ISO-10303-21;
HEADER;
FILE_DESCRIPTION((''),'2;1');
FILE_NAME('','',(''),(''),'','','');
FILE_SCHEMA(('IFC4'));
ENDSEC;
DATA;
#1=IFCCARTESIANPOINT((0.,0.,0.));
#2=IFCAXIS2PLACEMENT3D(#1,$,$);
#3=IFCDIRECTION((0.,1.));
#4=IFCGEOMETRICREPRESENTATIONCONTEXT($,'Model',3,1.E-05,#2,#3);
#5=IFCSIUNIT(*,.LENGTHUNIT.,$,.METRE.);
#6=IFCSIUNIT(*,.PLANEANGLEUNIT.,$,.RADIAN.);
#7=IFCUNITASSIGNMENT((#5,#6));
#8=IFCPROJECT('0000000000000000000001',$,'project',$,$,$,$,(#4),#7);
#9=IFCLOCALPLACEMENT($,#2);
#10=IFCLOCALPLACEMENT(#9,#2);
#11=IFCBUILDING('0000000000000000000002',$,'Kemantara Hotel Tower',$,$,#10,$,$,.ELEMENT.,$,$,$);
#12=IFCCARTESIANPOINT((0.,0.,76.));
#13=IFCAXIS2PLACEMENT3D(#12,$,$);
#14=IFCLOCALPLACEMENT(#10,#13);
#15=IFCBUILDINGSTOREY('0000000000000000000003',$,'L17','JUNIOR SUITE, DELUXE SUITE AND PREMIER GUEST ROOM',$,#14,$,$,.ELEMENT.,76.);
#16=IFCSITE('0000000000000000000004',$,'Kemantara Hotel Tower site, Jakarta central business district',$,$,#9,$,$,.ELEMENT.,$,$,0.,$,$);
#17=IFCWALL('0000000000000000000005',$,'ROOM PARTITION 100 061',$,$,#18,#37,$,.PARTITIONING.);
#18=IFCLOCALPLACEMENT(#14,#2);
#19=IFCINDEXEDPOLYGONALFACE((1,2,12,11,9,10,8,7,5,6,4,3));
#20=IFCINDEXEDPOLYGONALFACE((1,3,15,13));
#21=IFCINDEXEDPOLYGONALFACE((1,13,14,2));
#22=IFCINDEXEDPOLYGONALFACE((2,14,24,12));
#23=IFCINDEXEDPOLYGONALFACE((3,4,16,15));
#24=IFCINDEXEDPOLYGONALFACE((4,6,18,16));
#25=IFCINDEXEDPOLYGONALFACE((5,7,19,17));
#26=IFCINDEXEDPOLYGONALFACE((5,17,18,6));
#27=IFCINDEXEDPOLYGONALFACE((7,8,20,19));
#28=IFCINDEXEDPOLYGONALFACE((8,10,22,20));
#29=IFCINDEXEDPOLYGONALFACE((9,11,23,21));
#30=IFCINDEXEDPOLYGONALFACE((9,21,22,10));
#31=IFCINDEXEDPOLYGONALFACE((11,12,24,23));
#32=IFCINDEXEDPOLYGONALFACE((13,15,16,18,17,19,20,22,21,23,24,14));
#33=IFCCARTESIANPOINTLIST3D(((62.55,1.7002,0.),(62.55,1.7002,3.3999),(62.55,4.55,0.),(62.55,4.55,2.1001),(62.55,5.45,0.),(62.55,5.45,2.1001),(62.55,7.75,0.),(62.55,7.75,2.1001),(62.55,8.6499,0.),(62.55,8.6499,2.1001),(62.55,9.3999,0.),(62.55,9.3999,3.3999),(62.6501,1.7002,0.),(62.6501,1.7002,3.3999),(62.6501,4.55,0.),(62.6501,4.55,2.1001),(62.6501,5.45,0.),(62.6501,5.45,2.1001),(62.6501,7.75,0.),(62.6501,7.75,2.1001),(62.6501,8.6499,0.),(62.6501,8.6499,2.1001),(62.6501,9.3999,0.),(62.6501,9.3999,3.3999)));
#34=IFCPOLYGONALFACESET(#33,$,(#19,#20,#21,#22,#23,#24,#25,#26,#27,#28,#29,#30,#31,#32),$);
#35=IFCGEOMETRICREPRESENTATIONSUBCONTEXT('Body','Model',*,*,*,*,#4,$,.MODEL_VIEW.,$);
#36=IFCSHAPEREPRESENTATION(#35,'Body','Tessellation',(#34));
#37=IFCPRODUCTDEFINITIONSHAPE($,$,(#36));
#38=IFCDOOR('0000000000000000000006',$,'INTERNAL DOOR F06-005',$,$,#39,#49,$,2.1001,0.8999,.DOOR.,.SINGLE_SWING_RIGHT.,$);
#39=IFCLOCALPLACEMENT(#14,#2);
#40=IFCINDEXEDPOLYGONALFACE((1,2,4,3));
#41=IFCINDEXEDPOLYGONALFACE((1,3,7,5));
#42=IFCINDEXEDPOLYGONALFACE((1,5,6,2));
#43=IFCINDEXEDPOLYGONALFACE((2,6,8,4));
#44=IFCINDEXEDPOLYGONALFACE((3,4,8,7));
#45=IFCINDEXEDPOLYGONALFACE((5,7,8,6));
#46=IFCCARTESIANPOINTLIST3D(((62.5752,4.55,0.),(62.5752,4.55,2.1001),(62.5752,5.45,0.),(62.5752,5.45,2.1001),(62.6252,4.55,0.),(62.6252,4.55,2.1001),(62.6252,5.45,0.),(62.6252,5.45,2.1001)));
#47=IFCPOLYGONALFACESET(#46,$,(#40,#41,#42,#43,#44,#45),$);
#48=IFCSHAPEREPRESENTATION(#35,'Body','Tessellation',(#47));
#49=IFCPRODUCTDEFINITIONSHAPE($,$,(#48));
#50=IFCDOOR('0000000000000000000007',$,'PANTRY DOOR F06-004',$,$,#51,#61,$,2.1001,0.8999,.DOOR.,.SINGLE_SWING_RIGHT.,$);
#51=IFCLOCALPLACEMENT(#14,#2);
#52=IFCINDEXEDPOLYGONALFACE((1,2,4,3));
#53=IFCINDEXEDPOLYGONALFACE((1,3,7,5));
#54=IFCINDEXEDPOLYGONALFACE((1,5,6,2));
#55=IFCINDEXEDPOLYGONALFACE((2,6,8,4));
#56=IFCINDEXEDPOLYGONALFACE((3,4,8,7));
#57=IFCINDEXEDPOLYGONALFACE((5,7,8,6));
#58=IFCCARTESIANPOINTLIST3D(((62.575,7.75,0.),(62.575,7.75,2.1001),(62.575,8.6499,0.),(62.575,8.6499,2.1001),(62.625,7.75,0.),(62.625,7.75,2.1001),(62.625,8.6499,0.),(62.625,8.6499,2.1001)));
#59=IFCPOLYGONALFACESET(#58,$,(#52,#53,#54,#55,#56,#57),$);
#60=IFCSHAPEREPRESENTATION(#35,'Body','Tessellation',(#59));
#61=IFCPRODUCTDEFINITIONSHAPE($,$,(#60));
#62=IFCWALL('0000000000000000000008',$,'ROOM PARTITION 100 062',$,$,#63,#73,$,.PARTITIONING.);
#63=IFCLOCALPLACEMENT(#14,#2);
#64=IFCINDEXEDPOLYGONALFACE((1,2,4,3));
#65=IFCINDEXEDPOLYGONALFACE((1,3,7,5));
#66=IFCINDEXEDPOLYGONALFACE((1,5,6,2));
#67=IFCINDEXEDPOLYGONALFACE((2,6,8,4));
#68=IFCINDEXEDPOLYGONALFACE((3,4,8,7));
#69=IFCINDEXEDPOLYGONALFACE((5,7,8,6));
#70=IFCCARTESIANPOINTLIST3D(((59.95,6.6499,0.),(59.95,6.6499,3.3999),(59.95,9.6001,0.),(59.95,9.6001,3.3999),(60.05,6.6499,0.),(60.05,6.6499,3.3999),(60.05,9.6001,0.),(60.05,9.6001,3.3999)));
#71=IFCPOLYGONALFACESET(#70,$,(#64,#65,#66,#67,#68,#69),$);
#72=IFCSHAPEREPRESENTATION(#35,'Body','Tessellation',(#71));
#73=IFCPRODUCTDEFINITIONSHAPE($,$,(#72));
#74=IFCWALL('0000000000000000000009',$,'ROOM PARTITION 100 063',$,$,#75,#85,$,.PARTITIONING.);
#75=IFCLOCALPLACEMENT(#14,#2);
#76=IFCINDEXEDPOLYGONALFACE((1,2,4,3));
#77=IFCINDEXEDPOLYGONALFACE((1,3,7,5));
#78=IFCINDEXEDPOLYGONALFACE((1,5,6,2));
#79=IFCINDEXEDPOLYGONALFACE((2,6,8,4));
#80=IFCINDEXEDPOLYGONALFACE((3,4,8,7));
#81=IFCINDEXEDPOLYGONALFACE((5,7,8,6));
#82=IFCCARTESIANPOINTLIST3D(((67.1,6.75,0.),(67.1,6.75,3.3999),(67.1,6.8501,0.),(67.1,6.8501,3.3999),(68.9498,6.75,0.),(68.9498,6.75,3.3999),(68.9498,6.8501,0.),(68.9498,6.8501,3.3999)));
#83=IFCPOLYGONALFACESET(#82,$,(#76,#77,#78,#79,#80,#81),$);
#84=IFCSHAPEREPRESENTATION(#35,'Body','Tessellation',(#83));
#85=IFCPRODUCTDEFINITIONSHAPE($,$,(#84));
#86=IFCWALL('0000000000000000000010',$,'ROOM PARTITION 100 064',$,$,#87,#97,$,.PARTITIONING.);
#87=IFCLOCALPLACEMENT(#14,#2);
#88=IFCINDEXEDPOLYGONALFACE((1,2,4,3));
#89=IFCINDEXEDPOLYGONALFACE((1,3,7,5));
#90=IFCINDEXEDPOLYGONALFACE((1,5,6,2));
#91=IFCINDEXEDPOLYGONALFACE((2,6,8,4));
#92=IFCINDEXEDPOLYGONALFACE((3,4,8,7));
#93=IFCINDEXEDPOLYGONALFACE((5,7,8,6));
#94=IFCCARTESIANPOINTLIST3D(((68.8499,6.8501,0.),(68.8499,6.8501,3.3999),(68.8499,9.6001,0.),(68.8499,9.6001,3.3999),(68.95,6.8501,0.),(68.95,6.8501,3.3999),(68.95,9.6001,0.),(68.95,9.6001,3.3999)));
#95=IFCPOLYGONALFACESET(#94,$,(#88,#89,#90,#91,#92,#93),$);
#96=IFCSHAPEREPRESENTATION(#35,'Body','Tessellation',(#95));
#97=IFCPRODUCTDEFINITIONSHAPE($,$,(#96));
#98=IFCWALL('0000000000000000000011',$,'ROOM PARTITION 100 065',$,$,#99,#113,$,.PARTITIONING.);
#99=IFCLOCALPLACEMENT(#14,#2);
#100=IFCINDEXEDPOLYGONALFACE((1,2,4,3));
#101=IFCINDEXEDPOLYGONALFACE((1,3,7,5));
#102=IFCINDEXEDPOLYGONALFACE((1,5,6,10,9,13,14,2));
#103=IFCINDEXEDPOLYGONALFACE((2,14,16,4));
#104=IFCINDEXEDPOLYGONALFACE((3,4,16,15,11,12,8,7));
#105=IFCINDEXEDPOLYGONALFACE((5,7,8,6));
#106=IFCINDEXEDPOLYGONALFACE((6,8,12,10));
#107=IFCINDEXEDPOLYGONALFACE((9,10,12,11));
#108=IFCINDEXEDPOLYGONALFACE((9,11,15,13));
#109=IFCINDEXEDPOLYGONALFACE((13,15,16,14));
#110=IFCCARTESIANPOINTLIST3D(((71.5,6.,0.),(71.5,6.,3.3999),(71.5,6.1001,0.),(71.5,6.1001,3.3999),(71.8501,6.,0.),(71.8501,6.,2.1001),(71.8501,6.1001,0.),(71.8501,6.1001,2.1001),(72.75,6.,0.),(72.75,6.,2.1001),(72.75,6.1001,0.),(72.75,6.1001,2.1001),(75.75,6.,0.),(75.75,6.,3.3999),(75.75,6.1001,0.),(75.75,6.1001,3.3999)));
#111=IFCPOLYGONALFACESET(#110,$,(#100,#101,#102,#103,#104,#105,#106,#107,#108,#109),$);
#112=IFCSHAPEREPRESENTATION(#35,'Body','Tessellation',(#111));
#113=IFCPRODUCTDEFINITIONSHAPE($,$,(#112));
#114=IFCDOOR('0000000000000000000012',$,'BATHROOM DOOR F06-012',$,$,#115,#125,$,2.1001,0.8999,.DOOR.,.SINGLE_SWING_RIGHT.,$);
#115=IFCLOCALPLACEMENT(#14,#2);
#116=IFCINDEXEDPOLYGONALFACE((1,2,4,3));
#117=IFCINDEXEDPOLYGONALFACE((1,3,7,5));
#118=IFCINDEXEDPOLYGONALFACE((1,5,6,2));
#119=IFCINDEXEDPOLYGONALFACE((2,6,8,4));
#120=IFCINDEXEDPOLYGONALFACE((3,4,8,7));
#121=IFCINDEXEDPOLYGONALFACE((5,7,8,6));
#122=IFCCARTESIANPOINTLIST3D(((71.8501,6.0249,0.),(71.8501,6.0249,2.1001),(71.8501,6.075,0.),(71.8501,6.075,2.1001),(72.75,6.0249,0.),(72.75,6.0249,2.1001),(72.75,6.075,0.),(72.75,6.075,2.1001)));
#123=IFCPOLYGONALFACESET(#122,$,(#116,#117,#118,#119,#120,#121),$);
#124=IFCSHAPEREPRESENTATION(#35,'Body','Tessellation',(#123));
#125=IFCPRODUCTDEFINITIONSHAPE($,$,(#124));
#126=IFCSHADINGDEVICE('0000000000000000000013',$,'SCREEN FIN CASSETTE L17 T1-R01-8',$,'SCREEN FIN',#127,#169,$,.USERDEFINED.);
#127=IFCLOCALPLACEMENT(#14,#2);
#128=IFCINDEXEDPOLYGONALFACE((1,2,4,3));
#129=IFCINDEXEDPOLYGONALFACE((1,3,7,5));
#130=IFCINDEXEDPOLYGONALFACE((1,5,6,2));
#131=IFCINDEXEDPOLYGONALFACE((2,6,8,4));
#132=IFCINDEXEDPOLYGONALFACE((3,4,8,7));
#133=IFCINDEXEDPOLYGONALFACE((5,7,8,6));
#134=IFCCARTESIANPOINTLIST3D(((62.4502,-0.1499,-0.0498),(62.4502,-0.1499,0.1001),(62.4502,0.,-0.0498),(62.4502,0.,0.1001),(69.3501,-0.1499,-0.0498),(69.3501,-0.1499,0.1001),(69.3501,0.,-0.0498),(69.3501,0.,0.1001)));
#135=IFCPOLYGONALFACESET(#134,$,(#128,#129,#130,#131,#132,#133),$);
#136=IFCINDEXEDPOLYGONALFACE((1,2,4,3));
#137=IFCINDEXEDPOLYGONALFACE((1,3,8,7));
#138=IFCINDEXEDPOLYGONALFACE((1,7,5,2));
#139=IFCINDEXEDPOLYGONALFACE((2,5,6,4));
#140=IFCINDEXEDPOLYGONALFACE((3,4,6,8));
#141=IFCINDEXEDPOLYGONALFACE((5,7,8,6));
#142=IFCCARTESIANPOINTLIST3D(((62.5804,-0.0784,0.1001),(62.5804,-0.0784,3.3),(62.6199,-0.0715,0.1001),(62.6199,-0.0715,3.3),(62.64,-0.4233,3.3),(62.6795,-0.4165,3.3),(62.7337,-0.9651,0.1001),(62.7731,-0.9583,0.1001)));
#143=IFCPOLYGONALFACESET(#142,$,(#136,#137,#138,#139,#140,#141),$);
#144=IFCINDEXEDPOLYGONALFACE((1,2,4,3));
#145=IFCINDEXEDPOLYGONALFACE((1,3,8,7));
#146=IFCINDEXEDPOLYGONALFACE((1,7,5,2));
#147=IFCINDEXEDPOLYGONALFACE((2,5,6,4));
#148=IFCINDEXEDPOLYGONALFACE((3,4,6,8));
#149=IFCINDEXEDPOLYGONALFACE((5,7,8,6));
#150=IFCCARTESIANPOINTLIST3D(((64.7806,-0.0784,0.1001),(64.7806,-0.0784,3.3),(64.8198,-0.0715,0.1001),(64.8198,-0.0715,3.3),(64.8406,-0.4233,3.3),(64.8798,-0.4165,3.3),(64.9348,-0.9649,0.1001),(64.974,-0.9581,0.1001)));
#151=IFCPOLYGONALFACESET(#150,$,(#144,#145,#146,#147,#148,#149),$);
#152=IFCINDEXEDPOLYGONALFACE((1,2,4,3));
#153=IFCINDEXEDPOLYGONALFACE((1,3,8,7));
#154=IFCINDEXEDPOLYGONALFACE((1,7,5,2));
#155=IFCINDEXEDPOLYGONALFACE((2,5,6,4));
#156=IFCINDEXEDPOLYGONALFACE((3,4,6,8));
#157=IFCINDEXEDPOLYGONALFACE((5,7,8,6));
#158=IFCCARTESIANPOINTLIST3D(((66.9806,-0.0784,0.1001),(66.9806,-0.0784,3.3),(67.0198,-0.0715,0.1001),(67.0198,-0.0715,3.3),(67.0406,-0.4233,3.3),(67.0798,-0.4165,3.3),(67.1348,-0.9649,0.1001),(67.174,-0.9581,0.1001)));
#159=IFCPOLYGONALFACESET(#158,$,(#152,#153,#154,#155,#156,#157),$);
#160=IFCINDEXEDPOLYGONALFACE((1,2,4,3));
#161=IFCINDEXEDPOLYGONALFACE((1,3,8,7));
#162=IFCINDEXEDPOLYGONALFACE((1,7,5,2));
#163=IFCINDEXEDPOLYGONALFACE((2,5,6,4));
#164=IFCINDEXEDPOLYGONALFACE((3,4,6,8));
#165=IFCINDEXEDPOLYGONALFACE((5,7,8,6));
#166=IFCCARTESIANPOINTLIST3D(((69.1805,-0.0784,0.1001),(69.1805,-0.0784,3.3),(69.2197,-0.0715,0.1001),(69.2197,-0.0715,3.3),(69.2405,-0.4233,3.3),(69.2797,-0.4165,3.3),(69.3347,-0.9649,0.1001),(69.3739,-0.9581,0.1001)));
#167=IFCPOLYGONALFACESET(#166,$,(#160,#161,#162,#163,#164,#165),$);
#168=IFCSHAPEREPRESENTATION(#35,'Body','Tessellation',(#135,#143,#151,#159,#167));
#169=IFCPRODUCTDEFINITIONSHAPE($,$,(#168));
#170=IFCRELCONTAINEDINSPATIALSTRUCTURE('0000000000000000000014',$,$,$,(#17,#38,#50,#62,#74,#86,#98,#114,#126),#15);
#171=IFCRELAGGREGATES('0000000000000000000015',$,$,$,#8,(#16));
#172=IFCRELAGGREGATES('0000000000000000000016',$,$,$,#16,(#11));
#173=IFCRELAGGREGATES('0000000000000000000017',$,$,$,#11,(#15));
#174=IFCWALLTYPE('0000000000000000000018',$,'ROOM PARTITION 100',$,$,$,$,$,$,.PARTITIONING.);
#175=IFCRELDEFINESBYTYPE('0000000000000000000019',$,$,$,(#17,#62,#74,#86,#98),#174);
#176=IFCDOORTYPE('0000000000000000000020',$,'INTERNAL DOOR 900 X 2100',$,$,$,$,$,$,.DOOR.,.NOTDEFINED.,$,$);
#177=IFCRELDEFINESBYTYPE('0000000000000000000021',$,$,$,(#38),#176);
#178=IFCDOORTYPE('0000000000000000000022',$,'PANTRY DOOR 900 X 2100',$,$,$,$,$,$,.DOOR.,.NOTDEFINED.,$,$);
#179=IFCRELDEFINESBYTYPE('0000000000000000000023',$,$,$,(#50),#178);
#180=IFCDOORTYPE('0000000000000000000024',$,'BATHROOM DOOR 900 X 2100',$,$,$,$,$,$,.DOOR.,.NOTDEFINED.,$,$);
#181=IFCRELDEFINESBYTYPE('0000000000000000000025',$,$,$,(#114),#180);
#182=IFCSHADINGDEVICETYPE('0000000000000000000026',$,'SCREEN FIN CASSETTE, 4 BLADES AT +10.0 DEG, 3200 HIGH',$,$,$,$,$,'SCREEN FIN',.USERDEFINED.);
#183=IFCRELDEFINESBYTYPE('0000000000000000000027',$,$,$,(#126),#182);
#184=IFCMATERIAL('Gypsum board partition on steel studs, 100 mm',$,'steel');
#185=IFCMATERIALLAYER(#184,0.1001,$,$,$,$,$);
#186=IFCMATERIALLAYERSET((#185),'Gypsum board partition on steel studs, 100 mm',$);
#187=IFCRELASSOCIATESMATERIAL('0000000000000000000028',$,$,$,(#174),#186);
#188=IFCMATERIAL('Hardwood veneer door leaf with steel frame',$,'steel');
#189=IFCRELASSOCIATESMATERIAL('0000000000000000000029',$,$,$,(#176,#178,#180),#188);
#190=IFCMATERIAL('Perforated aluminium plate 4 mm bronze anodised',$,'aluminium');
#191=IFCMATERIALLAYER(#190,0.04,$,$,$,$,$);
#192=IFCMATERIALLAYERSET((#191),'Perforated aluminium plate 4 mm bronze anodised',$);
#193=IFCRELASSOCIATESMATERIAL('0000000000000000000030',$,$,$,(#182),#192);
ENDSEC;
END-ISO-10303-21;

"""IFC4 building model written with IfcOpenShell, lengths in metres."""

from ifc_helpers import new_model, si_unit, direction, frame, frame_2d, origin, origin_2d, place, context, subcontext, project, spatial, polyline, rectangle, outline, extrude, source, transform, mapped, material, layer, layer_set, type_object, element, fill, save


model = new_model("IFC4")

# Units and contexts
model_context = context("Model", 3, precision=1e-05, world=origin(), true_north=direction((0.0, 1.0)))
body_context = subcontext(model_context, "Body", "Model", "MODEL_VIEW")
ifc_project = project(units=[si_unit("LENGTHUNIT", "METRE"), si_unit("PLANEANGLEUNIT", "RADIAN")], contexts=[model_context])

# Site, building, storey
site_placement = place(None, origin())
site = spatial("IfcSite", under=ifc_project, at=site_placement, Name="Kemantara Hotel Tower site, Jakarta central business district", CompositionType="ELEMENT", RefElevation=0.0)
building_placement = place(site_placement, origin())
building = spatial("IfcBuilding", under=site, at=building_placement, Name="Kemantara Hotel Tower", CompositionType="ELEMENT")
storey_placement = place(building_placement, frame((0.0, 0.0, 76.0)))
storey = spatial("IfcBuildingStorey", under=building, at=storey_placement, Name="L17", Description="JUNIOR SUITE, DELUXE SUITE AND PREMIER GUEST ROOM", CompositionType="ELEMENT", Elevation=76.0)

# Shared definitions
ifc_material_1 = material(Name="Hardwood veneer door leaf with steel frame", Category="steel")

# Wall, openings, doors
ifc_material_2 = material(Name="Gypsum board partition on steel studs, 100 mm", Category="steel")
ifc_layer_1 = layer(ifc_material_2, 0.1001)
ifc_layer_set_1 = layer_set([ifc_layer_1], Name="Gypsum board partition on steel studs, 100 mm")
wall_type_1 = type_object("IfcWallType", Name="ROOM PARTITION 100", PredefinedType="PARTITIONING", material=ifc_layer_set_1)
wall_1_placement = place(storey_placement, frame((62.6001, 1.7002, 0.0), z_axis=(0.0, 0.0, 1.0), x_axis=(0.0, 1.0, 0.0)))
wall_1 = element("IfcWall", 1, at=wall_1_placement, inside=storey, type_object=wall_type_1, Name="ROOM PARTITION 100 061", PredefinedType="PARTITIONING", context=body_context, shape_type="SweptSolid", body=[
    extrude(rectangle(XDim=7.6997, YDim=0.1001, at=frame_2d((3.8499, 0.0))), origin(), (0.0, 0.0, 1.0), 3.3999),
])
opening_1_placement = place(wall_1_placement, frame((6.0498, 0.0, 0.0)))
opening_1 = element("IfcOpeningElement", 2, at=opening_1_placement, cuts=wall_1, PredefinedType="OPENING", context=body_context, shape_type="SweptSolid", body=[
    extrude(rectangle(XDim=0.8999, YDim=2.1001, at=frame_2d((0.45, 1.05))), frame((0.0, 0.0601, 0.0), z_axis=(0.0, -1.0, 0.0), x_axis=(1.0, 0.0, 0.0)), (0.0, 0.0, 1.0), 0.1201),
])
opening_2_placement = place(wall_1_placement, frame((2.8499, 0.0, 0.0)))
opening_2 = element("IfcOpeningElement", 3, at=opening_2_placement, cuts=wall_1, PredefinedType="OPENING", context=body_context, shape_type="SweptSolid", body=[
    extrude(rectangle(XDim=0.8999, YDim=2.1001, at=frame_2d((0.45, 1.05))), frame((0.0, 0.0601, 0.0), z_axis=(0.0, -1.0, 0.0), x_axis=(1.0, 0.0, 0.0)), (0.0, 0.0, 1.0), 0.1201),
])
door_type_1 = type_object("IfcDoorType", Name="INTERNAL DOOR 900 X 2100", OperationType="NOTDEFINED", PredefinedType="DOOR", material=ifc_material_1)
door_1_placement = place(opening_2_placement, origin())
door_1 = element("IfcDoor", 4, at=door_1_placement, inside=storey, type_object=door_type_1, Name="INTERNAL DOOR F06-005", OperationType="SINGLE_SWING_RIGHT", OverallHeight=2.1001, OverallWidth=0.8999, PredefinedType="DOOR", context=body_context, shape_type="SweptSolid", body=[
    extrude(rectangle(XDim=0.8999, YDim=2.1001, at=frame_2d((0.45, 1.05))), frame((0.0, 0.0249, 0.0), z_axis=(0.0, -1.0, 0.0), x_axis=(1.0, 0.0, 0.0)), (0.0, 0.0, 1.0), 0.05),
])
fill(opening_2, door_1)
door_type_2 = type_object("IfcDoorType", Name="PANTRY DOOR 900 X 2100", OperationType="NOTDEFINED", PredefinedType="DOOR", material=ifc_material_1)
door_2_placement = place(opening_1_placement, frame((0.8999, 0.0, 0.0), z_axis=(0.0, 0.0, 1.0), x_axis=(-1.0, 0.0, 0.0)))
door_2 = element("IfcDoor", 5, at=door_2_placement, inside=storey, type_object=door_type_2, Name="PANTRY DOOR F06-004", OperationType="SINGLE_SWING_RIGHT", OverallHeight=2.1001, OverallWidth=0.8999, PredefinedType="DOOR", context=body_context, shape_type="SweptSolid", body=[
    extrude(rectangle(XDim=0.8999, YDim=2.1001, at=frame_2d((0.45, 1.05))), frame((0.0, 0.0249, 0.0), z_axis=(0.0, -1.0, 0.0), x_axis=(1.0, 0.0, 0.0)), (0.0, 0.0, 1.0), 0.05),
])
fill(opening_1, door_2)

# Walls
wall_2_placement = place(storey_placement, frame((60.0, 6.6499, 0.0), z_axis=(0.0, 0.0, 1.0), x_axis=(0.0, 1.0, 0.0)))
element("IfcWall", 6, at=wall_2_placement, inside=storey, type_object=wall_type_1, Name="ROOM PARTITION 100 062", PredefinedType="PARTITIONING", context=body_context, shape_type="SweptSolid", body=[
    extrude(rectangle(XDim=2.9502, YDim=0.1001, at=frame_2d((1.4751, 0.0))), origin(), (0.0, 0.0, 1.0), 3.3999),
])
wall_3_placement = place(storey_placement, frame((67.1001, 6.8, 0.0), z_axis=(0.0, 0.0, 1.0), x_axis=(1.0, 0.0, 0.0)))
element("IfcWall", 7, at=wall_3_placement, inside=storey, type_object=wall_type_1, Name="ROOM PARTITION 100 063", PredefinedType="PARTITIONING", context=body_context, shape_type="SweptSolid", body=[
    extrude(rectangle(XDim=1.8499, YDim=0.1001, at=frame_2d((0.9248, 0.0))), origin(), (0.0, 0.0, 1.0), 3.3999),
])
wall_4_placement = place(storey_placement, frame((68.8999, 6.8501, 0.0), z_axis=(0.0, 0.0, 1.0), x_axis=(0.0, 1.0, 0.0)))
element("IfcWall", 8, at=wall_4_placement, inside=storey, type_object=wall_type_1, Name="ROOM PARTITION 100 064", PredefinedType="PARTITIONING", context=body_context, shape_type="SweptSolid", body=[
    extrude(rectangle(XDim=2.75, YDim=0.1001, at=frame_2d((1.375, 0.0))), origin(), (0.0, 0.0, 1.0), 3.3999),
])

# Wall, opening, door
wall_5_placement = place(storey_placement, frame((71.5, 6.05, 0.0), z_axis=(0.0, 0.0, 1.0), x_axis=(1.0, 0.0, 0.0)))
wall_5 = element("IfcWall", 9, at=wall_5_placement, inside=storey, type_object=wall_type_1, Name="ROOM PARTITION 100 065", PredefinedType="PARTITIONING", context=body_context, shape_type="SweptSolid", body=[
    extrude(rectangle(XDim=4.25, YDim=0.1001, at=frame_2d((2.125, 0.0))), origin(), (0.0, 0.0, 1.0), 3.3999),
])
opening_3_placement = place(wall_5_placement, frame((0.3501, 0.0, 0.0)))
opening_3 = element("IfcOpeningElement", 10, at=opening_3_placement, cuts=wall_5, PredefinedType="OPENING", context=body_context, shape_type="SweptSolid", body=[
    extrude(rectangle(XDim=0.8999, YDim=2.1001, at=frame_2d((0.45, 1.05))), frame((0.0, 0.0601, 0.0), z_axis=(0.0, -1.0, 0.0), x_axis=(1.0, 0.0, 0.0)), (0.0, 0.0, 1.0), 0.1201),
])
door_type_3 = type_object("IfcDoorType", Name="BATHROOM DOOR 900 X 2100", OperationType="NOTDEFINED", PredefinedType="DOOR", material=ifc_material_1)
door_3_placement = place(opening_3_placement, origin())
door_3 = element("IfcDoor", 11, at=door_3_placement, inside=storey, type_object=door_type_3, Name="BATHROOM DOOR F06-012", OperationType="SINGLE_SWING_RIGHT", OverallHeight=2.1001, OverallWidth=0.8999, PredefinedType="DOOR", context=body_context, shape_type="SweptSolid", body=[
    extrude(rectangle(XDim=0.8999, YDim=2.1001, at=frame_2d((0.45, 1.05))), frame((0.0, 0.0249, 0.0), z_axis=(0.0, -1.0, 0.0), x_axis=(1.0, 0.0, 0.0)), (0.0, 0.0, 1.0), 0.05),
])
fill(opening_3, door_3)

# Shading device
ifc_material_3 = material(Name="Perforated aluminium plate 4 mm bronze anodised", Category="aluminium")
ifc_layer_2 = layer(ifc_material_3, 0.04)
ifc_layer_set_2 = layer_set([ifc_layer_2], Name="Perforated aluminium plate 4 mm bronze anodised")
shading_device_type_1 = type_object("IfcShadingDeviceType", Name="SCREEN FIN CASSETTE, 4 BLADES AT +10.0 DEG, 3200 HIGH", ElementType="SCREEN FIN", PredefinedType="USERDEFINED", material=ifc_layer_set_2)
shared_shape_1 = source(origin(), body_context, "Body", "SweptSolid", [
    extrude(rectangle(XDim=6.8999, YDim=0.1499, at=origin_2d()), frame((3.3, -0.075, -0.1499), z_axis=(0.0, 0.0, 1.0), x_axis=(1.0, 0.0, 0.0)), (0.0, 0.0, 1.0), 0.1499),
    extrude(outline(polyline([(0.0, 0.0), (0.8999, 0.0), (0.3501, 3.2), (0.0, 3.2), (0.0, 0.0)])), frame((0.0198, -0.0715, 0.0), z_axis=(-0.98539, -0.170314, 0.0), x_axis=(0.170314, -0.98539, 0.0)), (0.0, 0.0, 1.0), 0.04),
    extrude(outline(polyline([(0.0, 0.0), (0.8999, 0.0), (0.3501, 3.2), (0.0, 3.2), (0.0, 0.0)])), frame((2.2197, -0.0715, 0.0), z_axis=(-0.985212, -0.171341, 0.0), x_axis=(0.171341, -0.985212, 0.0)), (0.0, 0.0, 1.0), 0.0398),
    extrude(outline(polyline([(0.0, 0.0), (0.8999, 0.0), (0.3501, 3.2), (0.0, 3.2), (0.0, 0.0)])), frame((4.4197, -0.0715, 0.0), z_axis=(-0.985212, -0.171341, 0.0), x_axis=(0.171341, -0.985212, 0.0)), (0.0, 0.0, 1.0), 0.0398),
    extrude(outline(polyline([(0.0, 0.0), (0.8999, 0.0), (0.3501, 3.2), (0.0, 3.2), (0.0, 0.0)])), frame((6.6196, -0.0715, 0.0), z_axis=(-0.985212, -0.171341, 0.0), x_axis=(0.171341, -0.985212, 0.0)), (0.0, 0.0, 1.0), 0.0398),
])
shading_device_1_placement = place(storey_placement, frame((62.6001, 0.0, 0.1001), z_axis=(0.0, 0.0, 1.0), x_axis=(1.0, 0.0, 0.0)))
element("IfcShadingDevice", 12, at=shading_device_1_placement, inside=storey, type_object=shading_device_type_1, Name="SCREEN FIN CASSETTE L17 T1-R01-8", ObjectType="SCREEN FIN", PredefinedType="USERDEFINED", context=body_context, shape_type="MappedRepresentation", body=[
    mapped(shared_shape_1, transform((0.0, 0.0, 0.0))),
])

save(model, "model.ifc")
